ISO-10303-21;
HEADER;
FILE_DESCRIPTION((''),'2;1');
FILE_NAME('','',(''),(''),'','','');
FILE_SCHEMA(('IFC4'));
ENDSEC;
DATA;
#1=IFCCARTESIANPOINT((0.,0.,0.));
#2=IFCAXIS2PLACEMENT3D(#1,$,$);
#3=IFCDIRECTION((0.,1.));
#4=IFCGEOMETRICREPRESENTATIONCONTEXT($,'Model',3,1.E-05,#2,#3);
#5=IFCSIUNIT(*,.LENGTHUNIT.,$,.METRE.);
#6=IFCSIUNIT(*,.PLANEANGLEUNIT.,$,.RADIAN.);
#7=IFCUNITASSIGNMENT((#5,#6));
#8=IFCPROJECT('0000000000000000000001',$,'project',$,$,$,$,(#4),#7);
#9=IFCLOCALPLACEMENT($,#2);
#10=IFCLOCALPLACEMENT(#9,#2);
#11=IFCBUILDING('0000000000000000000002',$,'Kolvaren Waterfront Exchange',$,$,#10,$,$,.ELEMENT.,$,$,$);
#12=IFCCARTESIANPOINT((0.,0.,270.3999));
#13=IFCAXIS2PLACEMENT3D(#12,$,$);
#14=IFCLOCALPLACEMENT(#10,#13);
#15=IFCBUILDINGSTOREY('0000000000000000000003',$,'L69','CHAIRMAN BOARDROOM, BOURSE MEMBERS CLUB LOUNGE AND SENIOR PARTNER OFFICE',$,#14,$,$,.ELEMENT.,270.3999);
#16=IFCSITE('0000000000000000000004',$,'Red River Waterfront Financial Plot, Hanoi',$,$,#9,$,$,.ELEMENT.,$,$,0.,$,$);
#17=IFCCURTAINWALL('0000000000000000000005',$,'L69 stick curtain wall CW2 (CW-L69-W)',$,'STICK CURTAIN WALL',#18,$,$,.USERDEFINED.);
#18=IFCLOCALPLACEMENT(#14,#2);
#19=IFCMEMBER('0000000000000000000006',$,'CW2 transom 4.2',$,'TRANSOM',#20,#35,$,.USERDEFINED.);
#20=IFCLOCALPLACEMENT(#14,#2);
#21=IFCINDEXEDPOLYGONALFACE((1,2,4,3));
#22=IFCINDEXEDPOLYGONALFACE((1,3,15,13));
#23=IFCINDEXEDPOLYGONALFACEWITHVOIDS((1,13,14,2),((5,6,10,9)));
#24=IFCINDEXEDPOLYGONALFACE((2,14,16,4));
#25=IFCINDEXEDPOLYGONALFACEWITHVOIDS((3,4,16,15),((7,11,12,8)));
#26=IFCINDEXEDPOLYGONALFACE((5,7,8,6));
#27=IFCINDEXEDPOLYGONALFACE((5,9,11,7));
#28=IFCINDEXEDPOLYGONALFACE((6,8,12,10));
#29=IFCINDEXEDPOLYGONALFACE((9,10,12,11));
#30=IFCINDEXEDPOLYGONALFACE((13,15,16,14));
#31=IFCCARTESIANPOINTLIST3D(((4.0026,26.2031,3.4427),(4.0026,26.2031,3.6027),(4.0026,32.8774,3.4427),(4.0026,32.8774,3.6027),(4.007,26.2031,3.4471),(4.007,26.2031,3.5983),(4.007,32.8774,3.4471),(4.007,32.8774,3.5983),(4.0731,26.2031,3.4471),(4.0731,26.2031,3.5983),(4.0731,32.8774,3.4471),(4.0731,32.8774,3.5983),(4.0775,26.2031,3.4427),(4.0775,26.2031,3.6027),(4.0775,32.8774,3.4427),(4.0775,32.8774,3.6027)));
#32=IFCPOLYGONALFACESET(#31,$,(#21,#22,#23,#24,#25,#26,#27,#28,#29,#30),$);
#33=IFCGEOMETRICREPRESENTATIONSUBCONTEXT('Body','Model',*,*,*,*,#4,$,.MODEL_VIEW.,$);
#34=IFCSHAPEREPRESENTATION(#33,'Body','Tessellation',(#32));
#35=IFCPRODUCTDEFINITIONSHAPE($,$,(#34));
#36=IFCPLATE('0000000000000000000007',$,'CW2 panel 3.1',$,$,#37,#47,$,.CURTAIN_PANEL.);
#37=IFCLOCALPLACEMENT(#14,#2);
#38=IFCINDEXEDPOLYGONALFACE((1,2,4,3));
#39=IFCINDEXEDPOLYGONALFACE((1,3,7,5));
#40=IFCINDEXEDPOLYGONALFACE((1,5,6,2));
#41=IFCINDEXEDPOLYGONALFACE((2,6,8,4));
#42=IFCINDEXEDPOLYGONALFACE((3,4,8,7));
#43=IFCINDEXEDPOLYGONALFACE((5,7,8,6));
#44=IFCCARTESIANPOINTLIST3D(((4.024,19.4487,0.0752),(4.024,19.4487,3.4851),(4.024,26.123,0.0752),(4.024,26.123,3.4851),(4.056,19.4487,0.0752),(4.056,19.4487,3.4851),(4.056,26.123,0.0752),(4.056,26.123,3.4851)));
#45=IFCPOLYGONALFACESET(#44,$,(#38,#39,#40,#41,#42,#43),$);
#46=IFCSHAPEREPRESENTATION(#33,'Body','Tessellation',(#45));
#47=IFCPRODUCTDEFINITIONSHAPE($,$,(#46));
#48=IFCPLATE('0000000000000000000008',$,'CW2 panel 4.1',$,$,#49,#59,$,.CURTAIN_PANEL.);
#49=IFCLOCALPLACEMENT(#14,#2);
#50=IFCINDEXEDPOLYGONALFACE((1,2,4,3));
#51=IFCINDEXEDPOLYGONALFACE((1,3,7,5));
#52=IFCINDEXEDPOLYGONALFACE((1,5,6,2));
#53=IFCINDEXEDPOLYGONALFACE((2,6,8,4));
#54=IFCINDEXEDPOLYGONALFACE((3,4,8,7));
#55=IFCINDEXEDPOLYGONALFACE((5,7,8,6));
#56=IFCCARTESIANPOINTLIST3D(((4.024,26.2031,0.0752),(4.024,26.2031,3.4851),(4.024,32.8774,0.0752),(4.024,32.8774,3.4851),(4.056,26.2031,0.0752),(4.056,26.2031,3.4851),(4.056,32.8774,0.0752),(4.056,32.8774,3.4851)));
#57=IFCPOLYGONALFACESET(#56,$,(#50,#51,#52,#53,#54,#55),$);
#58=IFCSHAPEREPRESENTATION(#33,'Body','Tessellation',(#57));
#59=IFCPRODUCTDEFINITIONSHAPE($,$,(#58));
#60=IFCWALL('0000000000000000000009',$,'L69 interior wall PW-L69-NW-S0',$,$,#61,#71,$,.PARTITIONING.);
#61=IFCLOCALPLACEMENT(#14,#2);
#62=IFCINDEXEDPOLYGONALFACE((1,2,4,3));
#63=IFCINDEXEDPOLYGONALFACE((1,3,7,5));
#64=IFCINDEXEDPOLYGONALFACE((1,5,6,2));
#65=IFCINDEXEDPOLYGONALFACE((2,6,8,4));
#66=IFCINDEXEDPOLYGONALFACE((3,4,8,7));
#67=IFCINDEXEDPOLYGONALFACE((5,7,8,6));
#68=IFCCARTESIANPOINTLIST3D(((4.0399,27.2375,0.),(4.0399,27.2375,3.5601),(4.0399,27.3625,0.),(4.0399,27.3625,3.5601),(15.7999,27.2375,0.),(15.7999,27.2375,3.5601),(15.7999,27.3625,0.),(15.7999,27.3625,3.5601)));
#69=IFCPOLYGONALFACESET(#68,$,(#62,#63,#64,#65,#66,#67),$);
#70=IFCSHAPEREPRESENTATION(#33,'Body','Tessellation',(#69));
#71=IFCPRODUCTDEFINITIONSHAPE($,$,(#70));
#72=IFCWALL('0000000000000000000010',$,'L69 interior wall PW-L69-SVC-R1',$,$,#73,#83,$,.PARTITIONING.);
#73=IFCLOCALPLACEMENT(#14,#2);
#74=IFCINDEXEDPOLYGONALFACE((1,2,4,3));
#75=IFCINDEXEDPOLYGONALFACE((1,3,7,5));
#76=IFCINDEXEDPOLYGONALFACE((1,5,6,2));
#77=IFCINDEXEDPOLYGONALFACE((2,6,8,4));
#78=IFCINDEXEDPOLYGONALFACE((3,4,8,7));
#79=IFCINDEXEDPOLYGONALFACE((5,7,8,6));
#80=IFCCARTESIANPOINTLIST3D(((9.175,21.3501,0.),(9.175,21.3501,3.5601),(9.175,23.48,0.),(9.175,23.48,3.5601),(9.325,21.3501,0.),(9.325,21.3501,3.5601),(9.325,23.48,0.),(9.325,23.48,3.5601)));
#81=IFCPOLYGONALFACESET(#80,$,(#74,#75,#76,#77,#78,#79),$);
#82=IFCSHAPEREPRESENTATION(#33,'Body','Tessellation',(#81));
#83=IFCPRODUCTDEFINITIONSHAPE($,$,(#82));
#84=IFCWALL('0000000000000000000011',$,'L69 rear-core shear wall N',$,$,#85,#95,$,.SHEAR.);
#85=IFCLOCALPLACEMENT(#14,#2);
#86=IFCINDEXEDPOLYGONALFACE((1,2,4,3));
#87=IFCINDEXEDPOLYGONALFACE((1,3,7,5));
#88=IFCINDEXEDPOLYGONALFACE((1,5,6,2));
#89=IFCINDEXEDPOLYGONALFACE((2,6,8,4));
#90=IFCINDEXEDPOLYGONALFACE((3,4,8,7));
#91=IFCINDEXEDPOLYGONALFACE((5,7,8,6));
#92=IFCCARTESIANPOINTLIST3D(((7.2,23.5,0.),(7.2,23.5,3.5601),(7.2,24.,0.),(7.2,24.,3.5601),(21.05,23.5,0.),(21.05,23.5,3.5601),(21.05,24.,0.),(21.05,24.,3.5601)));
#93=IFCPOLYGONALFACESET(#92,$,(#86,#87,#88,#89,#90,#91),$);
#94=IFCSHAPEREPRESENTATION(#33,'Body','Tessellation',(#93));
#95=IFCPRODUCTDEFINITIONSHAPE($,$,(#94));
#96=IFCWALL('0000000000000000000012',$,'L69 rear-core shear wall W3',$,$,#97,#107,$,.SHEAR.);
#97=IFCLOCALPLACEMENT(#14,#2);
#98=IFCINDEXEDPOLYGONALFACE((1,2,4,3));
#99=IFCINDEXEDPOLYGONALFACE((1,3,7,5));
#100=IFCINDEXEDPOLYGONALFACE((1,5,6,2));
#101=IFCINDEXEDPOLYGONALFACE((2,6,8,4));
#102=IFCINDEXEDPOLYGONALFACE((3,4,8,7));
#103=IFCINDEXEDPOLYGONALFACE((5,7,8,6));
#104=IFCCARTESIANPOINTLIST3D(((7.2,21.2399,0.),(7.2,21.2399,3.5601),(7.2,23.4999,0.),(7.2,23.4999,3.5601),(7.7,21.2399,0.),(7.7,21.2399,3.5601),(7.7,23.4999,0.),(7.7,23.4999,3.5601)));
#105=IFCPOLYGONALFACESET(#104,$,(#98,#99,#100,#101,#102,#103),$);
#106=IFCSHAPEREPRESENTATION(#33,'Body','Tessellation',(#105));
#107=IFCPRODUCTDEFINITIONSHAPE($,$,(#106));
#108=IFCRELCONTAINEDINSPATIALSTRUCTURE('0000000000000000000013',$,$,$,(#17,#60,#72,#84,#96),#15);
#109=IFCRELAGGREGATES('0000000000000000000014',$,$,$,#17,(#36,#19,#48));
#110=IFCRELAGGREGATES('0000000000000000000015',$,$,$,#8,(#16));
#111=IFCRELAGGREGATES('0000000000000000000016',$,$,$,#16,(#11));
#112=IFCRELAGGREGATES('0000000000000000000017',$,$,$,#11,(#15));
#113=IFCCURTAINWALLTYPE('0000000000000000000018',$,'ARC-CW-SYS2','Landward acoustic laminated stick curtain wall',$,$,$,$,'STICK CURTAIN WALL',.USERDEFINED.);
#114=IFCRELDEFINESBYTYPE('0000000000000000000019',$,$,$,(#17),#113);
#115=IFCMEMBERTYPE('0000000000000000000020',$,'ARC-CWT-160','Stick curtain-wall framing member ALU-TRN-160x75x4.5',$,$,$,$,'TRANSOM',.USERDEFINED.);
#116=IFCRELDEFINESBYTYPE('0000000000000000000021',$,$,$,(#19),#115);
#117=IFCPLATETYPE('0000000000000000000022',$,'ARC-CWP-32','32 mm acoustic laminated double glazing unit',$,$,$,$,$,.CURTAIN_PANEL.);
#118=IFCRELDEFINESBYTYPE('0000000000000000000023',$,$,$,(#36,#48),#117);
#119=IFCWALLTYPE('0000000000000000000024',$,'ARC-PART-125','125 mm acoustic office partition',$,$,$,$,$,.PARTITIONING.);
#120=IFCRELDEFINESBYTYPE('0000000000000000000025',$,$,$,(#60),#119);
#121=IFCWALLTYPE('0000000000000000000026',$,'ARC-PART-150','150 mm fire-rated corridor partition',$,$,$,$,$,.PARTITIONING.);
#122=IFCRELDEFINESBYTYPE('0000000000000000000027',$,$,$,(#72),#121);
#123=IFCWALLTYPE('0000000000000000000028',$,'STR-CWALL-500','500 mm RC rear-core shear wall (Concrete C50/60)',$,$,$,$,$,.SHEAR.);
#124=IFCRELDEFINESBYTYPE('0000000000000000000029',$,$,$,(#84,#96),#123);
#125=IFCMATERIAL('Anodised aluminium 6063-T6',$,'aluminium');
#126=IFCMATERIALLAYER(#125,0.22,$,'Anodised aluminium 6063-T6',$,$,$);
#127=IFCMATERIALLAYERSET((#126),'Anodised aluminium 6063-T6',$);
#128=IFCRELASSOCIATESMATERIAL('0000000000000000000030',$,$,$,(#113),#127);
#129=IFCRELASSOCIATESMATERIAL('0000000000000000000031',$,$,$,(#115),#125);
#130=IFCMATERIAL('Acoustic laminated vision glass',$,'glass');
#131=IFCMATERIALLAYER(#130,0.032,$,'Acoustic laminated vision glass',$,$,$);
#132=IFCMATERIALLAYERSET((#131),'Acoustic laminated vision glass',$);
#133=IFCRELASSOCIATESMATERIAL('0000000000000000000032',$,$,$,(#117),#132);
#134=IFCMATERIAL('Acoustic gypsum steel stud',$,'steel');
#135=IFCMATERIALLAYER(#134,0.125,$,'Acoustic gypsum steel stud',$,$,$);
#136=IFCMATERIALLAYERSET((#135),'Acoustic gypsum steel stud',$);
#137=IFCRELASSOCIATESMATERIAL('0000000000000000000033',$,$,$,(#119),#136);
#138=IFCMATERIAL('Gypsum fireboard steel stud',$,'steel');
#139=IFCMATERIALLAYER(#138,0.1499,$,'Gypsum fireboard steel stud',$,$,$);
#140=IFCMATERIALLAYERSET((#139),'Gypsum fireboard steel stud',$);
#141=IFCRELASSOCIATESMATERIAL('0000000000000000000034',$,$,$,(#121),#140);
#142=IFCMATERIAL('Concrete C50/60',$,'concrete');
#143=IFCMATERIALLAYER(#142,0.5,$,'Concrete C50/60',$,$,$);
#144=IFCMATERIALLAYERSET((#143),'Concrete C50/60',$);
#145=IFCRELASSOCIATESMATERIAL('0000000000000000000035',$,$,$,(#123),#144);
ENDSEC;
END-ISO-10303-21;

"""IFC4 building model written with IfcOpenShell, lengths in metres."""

from ifc_helpers import new_model, si_unit, direction, frame, frame_2d, origin, origin_with_axes, origin_2d, place, context, subcontext, project, spatial, rectangle, hollow_rectangle, extrude, source, transform, mapped, material, layer, layer_set, material_profile, profile_set, type_object, element, aggregate, save


model = new_model("IFC4")

# Units and contexts
model_context = context("Model", 3, precision=1e-05, world=origin(), true_north=direction((0.0, 1.0)))
body_context = subcontext(model_context, "Body", "Model", "MODEL_VIEW")
ifc_project = project(units=[si_unit("LENGTHUNIT", "METRE"), si_unit("PLANEANGLEUNIT", "RADIAN")], contexts=[model_context])

# Site, building, storey
site_placement = place(None, origin())
site = spatial("IfcSite", under=ifc_project, at=site_placement, Name="Red River Waterfront Financial Plot, Hanoi", CompositionType="ELEMENT", RefElevation=0.0)
building_placement = place(site_placement, origin())
building = spatial("IfcBuilding", under=site, at=building_placement, Name="Kolvaren Waterfront Exchange", CompositionType="ELEMENT")
storey_placement = place(building_placement, frame((0.0, 0.0, 270.3999)))
storey = spatial("IfcBuildingStorey", under=building, at=storey_placement, Name="L69", Description="CHAIRMAN BOARDROOM, BOURSE MEMBERS CLUB LOUNGE AND SENIOR PARTNER OFFICE", CompositionType="ELEMENT", Elevation=270.3999)

# Shared definitions
ifc_material_1 = material(Name="Concrete C50/60", Category="concrete")

# Curtain wall, member, plates
ifc_material_2 = material(Name="Anodised aluminium 6063-T6", Category="aluminium")
ifc_layer_1 = layer(ifc_material_2, 0.22, Name="Anodised aluminium 6063-T6")
ifc_layer_set_1 = layer_set([ifc_layer_1], Name="Anodised aluminium 6063-T6")
curtain_wall_type = type_object("IfcCurtainWallType", Name="ARC-CW-SYS2", Description="Landward acoustic laminated stick curtain wall", ElementType="STICK CURTAIN WALL", PredefinedType="USERDEFINED", material=ifc_layer_set_1)
curtain_wall_placement = place(storey_placement, origin())
curtain_wall = element("IfcCurtainWall", 1, at=curtain_wall_placement, inside=storey, type_object=curtain_wall_type, Name="L69 stick curtain wall CW2 (CW-L69-W)", ObjectType="STICK CURTAIN WALL", PredefinedType="USERDEFINED")
ifc_material_profile_1 = material_profile(ifc_material_2, hollow_rectangle(XDim=0.075, YDim=0.1599, WallThickness=0.0044, at=origin_2d()), Name="ALU-TRN-160x75x4.5")
ifc_profile_set_1 = profile_set([ifc_material_profile_1], Name="Anodised aluminium 6063-T6")
member_type_1 = type_object("IfcMemberType", Name="ARC-CWT-160", Description="Stick curtain-wall framing member ALU-TRN-160x75x4.5", ElementType="TRANSOM", PredefinedType="USERDEFINED", material=ifc_profile_set_1)
shared_shape_1 = source(origin_with_axes(), body_context, "Body", "SweptSolid", [
    extrude(hollow_rectangle(XDim=0.075, YDim=0.1599, WallThickness=0.0044, at=origin_2d()), origin(), (0.0, 0.0, 1.0), 6.6743),
])
member_1_placement = place(storey_placement, frame((4.04, 26.2031, 3.5227), z_axis=(0.0, 1.0, 0.0), x_axis=(-1.0, 0.0, 0.0)))
member_1 = element("IfcMember", 2, at=member_1_placement, type_object=member_type_1, Name="CW2 transom 4.2", ObjectType="TRANSOM", PredefinedType="USERDEFINED", context=body_context, shape_type="MappedRepresentation", body=[
    mapped(shared_shape_1, transform((0.0, 0.0, 0.0), x_axis=(1.0, 0.0, 0.0), y_axis=(0.0, 1.0, 0.0), z_axis=(0.0, 0.0, 1.0), scale=1.0)),
])
ifc_material_3 = material(Name="Acoustic laminated vision glass", Category="glass")
ifc_layer_2 = layer(ifc_material_3, 0.032, Name="Acoustic laminated vision glass")
ifc_layer_set_2 = layer_set([ifc_layer_2], Name="Acoustic laminated vision glass")
plate_type = type_object("IfcPlateType", Name="ARC-CWP-32", Description="32 mm acoustic laminated double glazing unit", PredefinedType="CURTAIN_PANEL", material=ifc_layer_set_2)
shared_shape_2 = source(origin_with_axes(), body_context, "Body", "SweptSolid", [
    extrude(rectangle(XDim=6.6743, YDim=0.032, at=origin_2d()), origin(), (0.0, 0.0, 1.0), 3.4099),
])
plate_1_placement = place(storey_placement, frame((4.04, 22.7859, 0.0752), z_axis=(0.0, 0.0, 1.0), x_axis=(0.0, 1.0, 0.0)))
plate_1 = element("IfcPlate", 3, at=plate_1_placement, type_object=plate_type, Name="CW2 panel 3.1", PredefinedType="CURTAIN_PANEL", context=body_context, shape_type="MappedRepresentation", body=[
    mapped(shared_shape_2, transform((0.0, 0.0, 0.0), x_axis=(1.0, 0.0, 0.0), y_axis=(0.0, 1.0, 0.0), z_axis=(0.0, 0.0, 1.0), scale=1.0)),
])
plate_2_placement = place(storey_placement, frame((4.04, 29.5403, 0.0752), z_axis=(0.0, 0.0, 1.0), x_axis=(0.0, 1.0, 0.0)))
plate_2 = element("IfcPlate", 4, at=plate_2_placement, type_object=plate_type, Name="CW2 panel 4.1", PredefinedType="CURTAIN_PANEL", context=body_context, shape_type="MappedRepresentation", body=[
    mapped(shared_shape_2, transform((0.0, 0.0, 0.0), x_axis=(1.0, 0.0, 0.0), y_axis=(0.0, 1.0, 0.0), z_axis=(0.0, 0.0, 1.0), scale=1.0)),
])
aggregate(curtain_wall, [plate_1, member_1, plate_2])

# Walls
ifc_material_4 = material(Name="Acoustic gypsum steel stud", Category="steel")
ifc_layer_3 = layer(ifc_material_4, 0.125, Name="Acoustic gypsum steel stud")
ifc_layer_set_3 = layer_set([ifc_layer_3], Name="Acoustic gypsum steel stud")
wall_type_1 = type_object("IfcWallType", Name="ARC-PART-125", Description="125 mm acoustic office partition", PredefinedType="PARTITIONING", material=ifc_layer_set_3)
wall_1_placement = place(storey_placement, frame((4.04, 27.3, 0.0), z_axis=(0.0, 0.0, 1.0), x_axis=(1.0, 0.0, 0.0)))
element("IfcWall", 5, at=wall_1_placement, inside=storey, type_object=wall_type_1, Name="L69 interior wall PW-L69-NW-S0", PredefinedType="PARTITIONING", context=body_context, shape_type="SweptSolid", body=[
    extrude(rectangle(XDim=11.76, YDim=0.125, at=frame_2d((5.8799, 0.0))), origin(), (0.0, 0.0, 1.0), 3.5601),
])
ifc_material_5 = material(Name="Gypsum fireboard steel stud", Category="steel")
ifc_layer_4 = layer(ifc_material_5, 0.1499, Name="Gypsum fireboard steel stud")
ifc_layer_set_4 = layer_set([ifc_layer_4], Name="Gypsum fireboard steel stud")
wall_type_2 = type_object("IfcWallType", Name="ARC-PART-150", Description="150 mm fire-rated corridor partition", PredefinedType="PARTITIONING", material=ifc_layer_set_4)
wall_2_placement = place(storey_placement, frame((9.25, 21.3501, 0.0), z_axis=(0.0, 0.0, 1.0), x_axis=(0.0, 1.0, 0.0)))
element("IfcWall", 6, at=wall_2_placement, inside=storey, type_object=wall_type_2, Name="L69 interior wall PW-L69-SVC-R1", PredefinedType="PARTITIONING", context=body_context, shape_type="SweptSolid", body=[
    extrude(rectangle(XDim=2.1299, YDim=0.1499, at=frame_2d((1.0649, 0.0))), origin(), (0.0, 0.0, 1.0), 3.5601),
])

# Walls
ifc_layer_5 = layer(ifc_material_1, 0.5, Name="Concrete C50/60")
ifc_layer_set_5 = layer_set([ifc_layer_5], Name="Concrete C50/60")
wall_type_3 = type_object("IfcWallType", Name="STR-CWALL-500", Description="500 mm RC rear-core shear wall (Concrete C50/60)", PredefinedType="SHEAR", material=ifc_layer_set_5)
wall_3_placement = place(storey_placement, frame((7.2, 23.75, 0.0), z_axis=(0.0, 0.0, 1.0), x_axis=(1.0, 0.0, 0.0)))
element("IfcWall", 7, at=wall_3_placement, inside=storey, type_object=wall_type_3, Name="L69 rear-core shear wall N", PredefinedType="SHEAR", context=body_context, shape_type="SweptSolid", body=[
    extrude(rectangle(XDim=13.8501, YDim=0.5, at=frame_2d((6.925, 0.0))), origin(), (0.0, 0.0, 1.0), 3.5601),
])
wall_4_placement = place(storey_placement, frame((7.45, 21.24, 0.0), z_axis=(0.0, 0.0, 1.0), x_axis=(0.0, 1.0, 0.0)))
element("IfcWall", 8, at=wall_4_placement, inside=storey, type_object=wall_type_3, Name="L69 rear-core shear wall W3", PredefinedType="SHEAR", context=body_context, shape_type="SweptSolid", body=[
    extrude(rectangle(XDim=2.26, YDim=0.5, at=frame_2d((1.1299, 0.0))), origin(), (0.0, 0.0, 1.0), 3.5601),
])

save(model, "model.ifc")
